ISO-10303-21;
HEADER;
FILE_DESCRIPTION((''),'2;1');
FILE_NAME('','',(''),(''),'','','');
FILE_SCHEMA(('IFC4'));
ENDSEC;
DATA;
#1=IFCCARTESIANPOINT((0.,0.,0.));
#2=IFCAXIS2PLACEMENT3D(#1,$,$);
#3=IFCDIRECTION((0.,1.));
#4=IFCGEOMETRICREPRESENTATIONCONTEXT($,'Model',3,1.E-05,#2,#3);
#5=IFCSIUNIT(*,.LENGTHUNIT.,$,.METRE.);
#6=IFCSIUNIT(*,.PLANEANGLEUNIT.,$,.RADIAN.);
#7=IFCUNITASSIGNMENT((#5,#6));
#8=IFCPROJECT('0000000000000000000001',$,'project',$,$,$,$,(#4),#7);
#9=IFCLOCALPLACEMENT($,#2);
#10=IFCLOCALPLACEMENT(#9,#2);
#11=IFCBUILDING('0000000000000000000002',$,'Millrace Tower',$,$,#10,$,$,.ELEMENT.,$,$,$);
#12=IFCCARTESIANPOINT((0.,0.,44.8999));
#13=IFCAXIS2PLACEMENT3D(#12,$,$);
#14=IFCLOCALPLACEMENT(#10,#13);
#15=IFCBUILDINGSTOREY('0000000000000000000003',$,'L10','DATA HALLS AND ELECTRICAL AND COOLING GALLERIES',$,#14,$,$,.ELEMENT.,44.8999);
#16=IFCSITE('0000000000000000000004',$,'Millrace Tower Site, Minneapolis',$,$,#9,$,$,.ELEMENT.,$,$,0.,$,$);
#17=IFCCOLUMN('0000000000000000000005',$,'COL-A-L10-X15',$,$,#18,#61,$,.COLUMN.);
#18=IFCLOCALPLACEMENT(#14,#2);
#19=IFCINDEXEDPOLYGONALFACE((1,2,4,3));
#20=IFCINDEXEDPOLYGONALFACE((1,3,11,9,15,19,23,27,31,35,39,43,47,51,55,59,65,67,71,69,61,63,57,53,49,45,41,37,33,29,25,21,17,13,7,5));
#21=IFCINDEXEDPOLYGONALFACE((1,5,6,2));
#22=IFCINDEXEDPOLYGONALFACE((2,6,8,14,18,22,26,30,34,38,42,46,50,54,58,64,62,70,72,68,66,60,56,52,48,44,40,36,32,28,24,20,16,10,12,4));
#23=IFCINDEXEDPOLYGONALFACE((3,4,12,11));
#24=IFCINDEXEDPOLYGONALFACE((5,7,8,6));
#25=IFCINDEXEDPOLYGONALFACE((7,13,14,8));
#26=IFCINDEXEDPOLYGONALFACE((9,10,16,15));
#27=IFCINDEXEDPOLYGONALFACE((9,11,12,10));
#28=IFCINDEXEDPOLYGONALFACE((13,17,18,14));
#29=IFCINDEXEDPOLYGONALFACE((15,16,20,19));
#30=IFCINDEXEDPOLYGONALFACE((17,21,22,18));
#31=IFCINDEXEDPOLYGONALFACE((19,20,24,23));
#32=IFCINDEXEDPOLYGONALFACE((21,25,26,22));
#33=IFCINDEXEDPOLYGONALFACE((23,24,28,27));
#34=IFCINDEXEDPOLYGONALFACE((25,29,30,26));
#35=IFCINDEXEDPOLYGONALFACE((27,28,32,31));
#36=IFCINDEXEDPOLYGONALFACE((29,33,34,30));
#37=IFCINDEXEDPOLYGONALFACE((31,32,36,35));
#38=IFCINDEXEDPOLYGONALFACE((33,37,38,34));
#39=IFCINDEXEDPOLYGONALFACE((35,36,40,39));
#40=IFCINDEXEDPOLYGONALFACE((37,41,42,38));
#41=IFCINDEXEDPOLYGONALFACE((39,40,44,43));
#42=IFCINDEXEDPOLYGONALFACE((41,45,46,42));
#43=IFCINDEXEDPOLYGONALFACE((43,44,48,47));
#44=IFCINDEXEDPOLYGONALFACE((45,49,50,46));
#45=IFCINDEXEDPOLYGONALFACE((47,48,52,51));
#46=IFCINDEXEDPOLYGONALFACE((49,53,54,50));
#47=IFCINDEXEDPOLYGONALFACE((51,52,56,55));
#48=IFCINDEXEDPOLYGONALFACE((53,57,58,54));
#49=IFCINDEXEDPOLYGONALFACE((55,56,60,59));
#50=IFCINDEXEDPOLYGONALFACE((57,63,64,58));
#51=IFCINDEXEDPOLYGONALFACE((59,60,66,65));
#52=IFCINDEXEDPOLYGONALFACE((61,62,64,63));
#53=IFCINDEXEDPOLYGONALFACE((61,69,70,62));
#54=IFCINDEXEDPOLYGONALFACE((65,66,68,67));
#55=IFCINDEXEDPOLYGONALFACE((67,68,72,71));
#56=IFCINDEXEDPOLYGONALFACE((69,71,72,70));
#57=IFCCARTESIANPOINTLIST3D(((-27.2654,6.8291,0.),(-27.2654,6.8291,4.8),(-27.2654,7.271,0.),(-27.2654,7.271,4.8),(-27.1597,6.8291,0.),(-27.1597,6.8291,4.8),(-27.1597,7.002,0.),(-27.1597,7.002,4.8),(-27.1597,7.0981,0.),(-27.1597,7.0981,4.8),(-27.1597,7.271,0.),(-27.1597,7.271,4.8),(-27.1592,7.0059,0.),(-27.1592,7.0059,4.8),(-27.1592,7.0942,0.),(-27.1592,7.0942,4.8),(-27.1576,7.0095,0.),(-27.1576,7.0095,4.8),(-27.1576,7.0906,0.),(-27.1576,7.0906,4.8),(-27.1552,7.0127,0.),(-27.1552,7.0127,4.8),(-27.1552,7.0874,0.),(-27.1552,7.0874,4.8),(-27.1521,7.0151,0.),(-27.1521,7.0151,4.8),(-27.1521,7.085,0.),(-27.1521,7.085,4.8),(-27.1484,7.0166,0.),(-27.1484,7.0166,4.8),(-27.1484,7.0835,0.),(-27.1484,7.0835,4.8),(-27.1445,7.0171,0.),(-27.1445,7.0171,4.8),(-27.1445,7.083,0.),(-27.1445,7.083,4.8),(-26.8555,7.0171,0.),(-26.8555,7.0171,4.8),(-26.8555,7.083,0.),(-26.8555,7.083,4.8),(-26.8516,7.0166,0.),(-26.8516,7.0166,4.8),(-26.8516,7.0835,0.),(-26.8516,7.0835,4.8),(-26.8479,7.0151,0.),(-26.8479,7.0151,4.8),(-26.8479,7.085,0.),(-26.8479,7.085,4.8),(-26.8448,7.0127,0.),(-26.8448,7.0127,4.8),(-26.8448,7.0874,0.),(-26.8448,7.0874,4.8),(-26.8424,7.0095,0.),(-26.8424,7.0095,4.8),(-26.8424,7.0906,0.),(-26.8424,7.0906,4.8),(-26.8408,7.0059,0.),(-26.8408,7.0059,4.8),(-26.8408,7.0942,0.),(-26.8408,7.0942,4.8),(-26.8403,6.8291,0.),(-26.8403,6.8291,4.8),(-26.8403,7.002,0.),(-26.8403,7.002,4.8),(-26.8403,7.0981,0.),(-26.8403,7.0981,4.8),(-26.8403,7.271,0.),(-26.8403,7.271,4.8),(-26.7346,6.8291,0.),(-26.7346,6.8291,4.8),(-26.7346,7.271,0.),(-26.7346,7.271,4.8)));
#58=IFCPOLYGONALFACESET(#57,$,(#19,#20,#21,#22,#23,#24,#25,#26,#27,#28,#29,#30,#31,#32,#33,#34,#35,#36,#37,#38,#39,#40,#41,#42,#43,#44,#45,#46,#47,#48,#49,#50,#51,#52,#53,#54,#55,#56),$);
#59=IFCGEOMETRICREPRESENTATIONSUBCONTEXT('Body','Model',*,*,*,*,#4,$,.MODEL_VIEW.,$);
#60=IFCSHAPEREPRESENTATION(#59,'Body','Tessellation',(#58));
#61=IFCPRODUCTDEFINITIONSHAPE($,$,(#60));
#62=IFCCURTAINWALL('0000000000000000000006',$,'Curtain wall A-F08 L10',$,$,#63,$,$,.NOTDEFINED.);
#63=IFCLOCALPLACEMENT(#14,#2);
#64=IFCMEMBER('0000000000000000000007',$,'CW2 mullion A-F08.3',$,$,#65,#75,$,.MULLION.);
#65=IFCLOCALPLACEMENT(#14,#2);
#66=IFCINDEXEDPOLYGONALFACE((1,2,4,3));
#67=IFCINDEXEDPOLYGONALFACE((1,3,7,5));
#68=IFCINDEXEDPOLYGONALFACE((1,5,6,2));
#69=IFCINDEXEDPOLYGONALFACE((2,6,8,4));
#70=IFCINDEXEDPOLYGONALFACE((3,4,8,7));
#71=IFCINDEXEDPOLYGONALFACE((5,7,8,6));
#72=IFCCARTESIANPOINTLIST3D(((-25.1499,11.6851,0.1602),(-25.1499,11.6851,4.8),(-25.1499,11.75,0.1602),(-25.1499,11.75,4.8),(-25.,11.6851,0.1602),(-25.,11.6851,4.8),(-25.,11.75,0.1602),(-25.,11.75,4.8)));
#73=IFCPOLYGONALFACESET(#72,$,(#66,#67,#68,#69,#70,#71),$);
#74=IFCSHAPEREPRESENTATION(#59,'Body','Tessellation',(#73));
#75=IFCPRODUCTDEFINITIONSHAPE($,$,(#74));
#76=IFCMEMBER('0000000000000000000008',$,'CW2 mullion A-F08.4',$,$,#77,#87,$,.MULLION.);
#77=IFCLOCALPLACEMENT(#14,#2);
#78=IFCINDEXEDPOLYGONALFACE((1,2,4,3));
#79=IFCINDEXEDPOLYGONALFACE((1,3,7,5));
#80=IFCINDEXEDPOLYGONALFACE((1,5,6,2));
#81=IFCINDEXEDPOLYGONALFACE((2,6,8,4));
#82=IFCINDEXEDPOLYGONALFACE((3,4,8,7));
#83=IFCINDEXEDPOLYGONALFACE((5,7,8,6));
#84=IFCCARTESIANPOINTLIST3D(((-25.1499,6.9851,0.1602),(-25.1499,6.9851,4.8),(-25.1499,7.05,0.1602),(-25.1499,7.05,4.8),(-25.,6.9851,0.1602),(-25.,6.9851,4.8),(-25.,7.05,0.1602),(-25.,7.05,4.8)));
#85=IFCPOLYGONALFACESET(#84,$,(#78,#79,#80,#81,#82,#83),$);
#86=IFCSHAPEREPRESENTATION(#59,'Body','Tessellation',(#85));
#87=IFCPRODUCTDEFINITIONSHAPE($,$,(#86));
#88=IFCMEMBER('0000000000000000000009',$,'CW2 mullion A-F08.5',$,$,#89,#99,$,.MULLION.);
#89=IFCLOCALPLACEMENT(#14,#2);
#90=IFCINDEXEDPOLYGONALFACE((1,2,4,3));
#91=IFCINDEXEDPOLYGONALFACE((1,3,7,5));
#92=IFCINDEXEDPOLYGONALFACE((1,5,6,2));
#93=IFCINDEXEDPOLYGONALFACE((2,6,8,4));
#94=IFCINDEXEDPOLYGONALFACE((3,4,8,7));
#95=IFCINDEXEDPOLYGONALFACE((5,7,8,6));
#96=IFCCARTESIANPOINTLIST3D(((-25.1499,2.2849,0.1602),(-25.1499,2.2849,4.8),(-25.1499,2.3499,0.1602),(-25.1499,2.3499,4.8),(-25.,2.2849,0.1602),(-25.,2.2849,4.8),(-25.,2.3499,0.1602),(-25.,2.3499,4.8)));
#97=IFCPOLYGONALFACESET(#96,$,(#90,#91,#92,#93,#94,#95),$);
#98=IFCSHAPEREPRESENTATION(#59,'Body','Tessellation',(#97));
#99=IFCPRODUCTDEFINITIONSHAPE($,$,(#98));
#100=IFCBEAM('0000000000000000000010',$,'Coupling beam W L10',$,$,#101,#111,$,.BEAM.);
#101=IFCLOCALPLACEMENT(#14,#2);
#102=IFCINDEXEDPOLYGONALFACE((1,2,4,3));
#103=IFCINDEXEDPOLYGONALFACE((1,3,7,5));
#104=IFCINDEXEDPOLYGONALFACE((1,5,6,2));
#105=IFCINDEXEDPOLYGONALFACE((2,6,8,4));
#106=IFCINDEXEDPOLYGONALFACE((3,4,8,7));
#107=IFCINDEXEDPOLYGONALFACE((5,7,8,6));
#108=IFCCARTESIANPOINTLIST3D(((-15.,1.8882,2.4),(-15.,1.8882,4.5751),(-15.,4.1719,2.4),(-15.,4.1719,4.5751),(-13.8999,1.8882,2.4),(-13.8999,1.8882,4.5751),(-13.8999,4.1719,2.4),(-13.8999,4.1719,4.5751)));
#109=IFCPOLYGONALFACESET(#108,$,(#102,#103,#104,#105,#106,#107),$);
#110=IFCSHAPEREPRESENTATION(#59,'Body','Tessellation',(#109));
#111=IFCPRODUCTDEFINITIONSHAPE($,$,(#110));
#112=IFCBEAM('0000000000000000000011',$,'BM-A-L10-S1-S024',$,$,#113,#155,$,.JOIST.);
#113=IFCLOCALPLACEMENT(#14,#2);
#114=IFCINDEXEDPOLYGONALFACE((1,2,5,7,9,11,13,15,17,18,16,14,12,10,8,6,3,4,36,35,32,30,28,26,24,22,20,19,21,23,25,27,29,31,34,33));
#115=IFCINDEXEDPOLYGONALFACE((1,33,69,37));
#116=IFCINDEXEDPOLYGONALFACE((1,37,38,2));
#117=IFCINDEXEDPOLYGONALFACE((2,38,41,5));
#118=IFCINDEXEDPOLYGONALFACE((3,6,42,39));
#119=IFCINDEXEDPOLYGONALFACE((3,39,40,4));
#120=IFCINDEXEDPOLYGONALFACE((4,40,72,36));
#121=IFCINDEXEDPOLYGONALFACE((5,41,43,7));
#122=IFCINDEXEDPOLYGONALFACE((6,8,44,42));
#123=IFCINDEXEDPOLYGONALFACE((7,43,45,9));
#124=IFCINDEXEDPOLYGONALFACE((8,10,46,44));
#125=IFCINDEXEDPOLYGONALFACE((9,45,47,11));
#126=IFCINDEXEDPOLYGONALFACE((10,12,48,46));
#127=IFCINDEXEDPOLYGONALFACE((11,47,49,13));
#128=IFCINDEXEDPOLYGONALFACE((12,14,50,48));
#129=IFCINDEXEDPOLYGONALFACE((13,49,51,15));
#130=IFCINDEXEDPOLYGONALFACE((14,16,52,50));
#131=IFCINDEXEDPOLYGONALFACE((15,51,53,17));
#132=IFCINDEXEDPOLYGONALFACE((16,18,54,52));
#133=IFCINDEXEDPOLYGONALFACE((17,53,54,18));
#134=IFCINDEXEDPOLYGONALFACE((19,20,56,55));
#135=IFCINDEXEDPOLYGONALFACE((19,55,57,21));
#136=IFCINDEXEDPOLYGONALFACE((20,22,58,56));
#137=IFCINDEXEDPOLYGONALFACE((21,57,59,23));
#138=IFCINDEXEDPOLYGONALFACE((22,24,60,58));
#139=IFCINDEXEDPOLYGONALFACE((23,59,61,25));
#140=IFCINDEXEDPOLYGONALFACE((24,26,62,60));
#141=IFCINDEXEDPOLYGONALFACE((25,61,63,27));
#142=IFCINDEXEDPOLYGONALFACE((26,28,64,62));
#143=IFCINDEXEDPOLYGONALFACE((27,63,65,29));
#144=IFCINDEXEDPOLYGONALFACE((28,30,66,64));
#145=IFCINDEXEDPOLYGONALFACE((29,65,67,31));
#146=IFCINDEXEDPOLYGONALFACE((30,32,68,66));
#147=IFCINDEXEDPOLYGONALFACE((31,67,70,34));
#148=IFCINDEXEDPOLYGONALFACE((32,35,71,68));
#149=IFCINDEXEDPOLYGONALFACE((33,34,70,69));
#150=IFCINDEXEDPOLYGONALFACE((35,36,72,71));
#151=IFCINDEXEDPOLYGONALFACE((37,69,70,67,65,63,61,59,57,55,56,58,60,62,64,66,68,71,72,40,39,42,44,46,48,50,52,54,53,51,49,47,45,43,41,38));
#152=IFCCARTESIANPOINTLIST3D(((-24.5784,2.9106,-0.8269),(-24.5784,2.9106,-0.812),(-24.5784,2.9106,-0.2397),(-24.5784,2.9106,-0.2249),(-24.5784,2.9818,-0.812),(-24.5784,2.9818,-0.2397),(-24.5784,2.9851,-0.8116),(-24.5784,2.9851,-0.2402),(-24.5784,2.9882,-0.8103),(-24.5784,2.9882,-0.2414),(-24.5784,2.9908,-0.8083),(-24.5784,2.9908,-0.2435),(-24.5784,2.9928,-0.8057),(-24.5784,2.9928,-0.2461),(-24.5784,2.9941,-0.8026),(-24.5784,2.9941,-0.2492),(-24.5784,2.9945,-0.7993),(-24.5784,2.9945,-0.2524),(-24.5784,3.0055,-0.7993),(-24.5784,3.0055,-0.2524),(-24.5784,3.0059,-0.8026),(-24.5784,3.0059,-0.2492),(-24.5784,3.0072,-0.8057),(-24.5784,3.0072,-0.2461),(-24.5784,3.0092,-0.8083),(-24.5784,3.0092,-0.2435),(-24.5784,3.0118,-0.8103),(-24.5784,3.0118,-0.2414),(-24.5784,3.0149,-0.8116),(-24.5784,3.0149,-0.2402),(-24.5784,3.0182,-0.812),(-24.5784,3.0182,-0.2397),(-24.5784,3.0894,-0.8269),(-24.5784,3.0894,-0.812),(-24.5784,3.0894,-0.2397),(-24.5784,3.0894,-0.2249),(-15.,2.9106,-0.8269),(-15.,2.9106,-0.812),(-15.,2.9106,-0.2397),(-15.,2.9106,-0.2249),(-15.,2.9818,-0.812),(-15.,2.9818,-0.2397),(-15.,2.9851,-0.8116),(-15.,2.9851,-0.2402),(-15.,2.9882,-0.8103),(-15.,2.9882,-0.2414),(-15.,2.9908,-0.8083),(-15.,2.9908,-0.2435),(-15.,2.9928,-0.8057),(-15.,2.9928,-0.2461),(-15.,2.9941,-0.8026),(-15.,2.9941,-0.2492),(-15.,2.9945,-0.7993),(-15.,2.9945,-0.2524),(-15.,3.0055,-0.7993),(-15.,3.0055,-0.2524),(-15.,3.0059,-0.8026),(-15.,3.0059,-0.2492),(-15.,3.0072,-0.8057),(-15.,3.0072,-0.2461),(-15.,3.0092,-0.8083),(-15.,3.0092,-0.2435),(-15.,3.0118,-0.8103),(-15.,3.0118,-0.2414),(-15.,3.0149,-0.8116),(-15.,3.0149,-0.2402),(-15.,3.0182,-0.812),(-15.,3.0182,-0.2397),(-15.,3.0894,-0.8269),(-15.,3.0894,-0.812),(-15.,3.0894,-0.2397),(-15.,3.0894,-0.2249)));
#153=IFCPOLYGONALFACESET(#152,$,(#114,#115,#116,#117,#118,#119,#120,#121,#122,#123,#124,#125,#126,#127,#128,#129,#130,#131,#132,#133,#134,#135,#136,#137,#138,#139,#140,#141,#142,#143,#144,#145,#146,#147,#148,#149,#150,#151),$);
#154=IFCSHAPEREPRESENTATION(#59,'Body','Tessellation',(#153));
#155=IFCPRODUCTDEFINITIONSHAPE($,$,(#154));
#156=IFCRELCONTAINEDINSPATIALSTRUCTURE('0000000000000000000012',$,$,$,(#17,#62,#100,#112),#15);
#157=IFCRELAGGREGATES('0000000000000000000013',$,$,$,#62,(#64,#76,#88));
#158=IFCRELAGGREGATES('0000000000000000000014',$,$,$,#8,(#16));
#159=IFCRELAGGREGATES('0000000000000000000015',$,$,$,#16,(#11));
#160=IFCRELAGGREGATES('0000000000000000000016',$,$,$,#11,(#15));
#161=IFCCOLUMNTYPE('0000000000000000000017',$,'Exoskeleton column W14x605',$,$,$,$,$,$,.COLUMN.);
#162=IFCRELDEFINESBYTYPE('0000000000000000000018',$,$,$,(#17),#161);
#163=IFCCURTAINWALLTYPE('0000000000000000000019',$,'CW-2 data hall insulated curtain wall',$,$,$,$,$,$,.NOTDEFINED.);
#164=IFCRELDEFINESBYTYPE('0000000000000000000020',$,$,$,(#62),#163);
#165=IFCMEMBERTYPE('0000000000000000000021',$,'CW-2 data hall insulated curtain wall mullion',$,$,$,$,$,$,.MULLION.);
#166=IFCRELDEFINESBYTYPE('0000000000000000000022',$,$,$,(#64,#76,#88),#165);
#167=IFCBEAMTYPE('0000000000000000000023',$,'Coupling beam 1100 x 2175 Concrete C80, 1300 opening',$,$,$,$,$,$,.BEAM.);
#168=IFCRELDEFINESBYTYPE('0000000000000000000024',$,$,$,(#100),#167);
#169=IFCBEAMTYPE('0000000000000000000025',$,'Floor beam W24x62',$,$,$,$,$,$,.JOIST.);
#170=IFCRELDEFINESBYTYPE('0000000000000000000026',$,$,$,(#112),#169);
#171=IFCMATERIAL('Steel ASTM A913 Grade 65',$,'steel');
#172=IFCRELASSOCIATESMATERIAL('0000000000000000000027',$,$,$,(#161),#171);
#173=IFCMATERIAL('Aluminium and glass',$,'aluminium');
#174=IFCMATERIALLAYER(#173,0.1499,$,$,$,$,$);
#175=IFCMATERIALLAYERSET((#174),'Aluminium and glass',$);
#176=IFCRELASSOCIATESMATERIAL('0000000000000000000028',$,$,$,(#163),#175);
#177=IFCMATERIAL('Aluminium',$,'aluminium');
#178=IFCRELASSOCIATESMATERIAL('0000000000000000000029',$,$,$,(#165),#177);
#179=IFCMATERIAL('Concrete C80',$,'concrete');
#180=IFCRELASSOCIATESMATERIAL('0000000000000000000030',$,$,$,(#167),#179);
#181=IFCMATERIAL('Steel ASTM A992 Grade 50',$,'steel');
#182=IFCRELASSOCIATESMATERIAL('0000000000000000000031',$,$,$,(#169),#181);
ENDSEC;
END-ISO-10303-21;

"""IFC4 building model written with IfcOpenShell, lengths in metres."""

from ifc_helpers import new_model, si_unit, direction, frame, origin, origin_2d, place, context, subcontext, project, spatial, rectangle, i_section, extrude, material, layer, layer_set, material_profile, profile_set, type_object, element, aggregate, save


model = new_model("IFC4")

# Units and contexts
model_context = context("Model", 3, precision=1e-05, world=origin(), true_north=direction((0.0, 1.0)))
body_context = subcontext(model_context, "Body", "Model", "MODEL_VIEW")
ifc_project = project(units=[si_unit("LENGTHUNIT", "METRE"), si_unit("PLANEANGLEUNIT", "RADIAN")], contexts=[model_context])

# Site, building, storey
site_placement = place(None, origin())
site = spatial("IfcSite", under=ifc_project, at=site_placement, Name="Millrace Tower Site, Minneapolis", CompositionType="ELEMENT", RefElevation=0.0)
building_placement = place(site_placement, origin())
building = spatial("IfcBuilding", under=site, at=building_placement, Name="Millrace Tower", CompositionType="ELEMENT")
storey_placement = place(building_placement, frame((0.0, 0.0, 44.8999)))
storey = spatial("IfcBuildingStorey", under=building, at=storey_placement, Name="L10", Description="DATA HALLS AND ELECTRICAL AND COOLING GALLERIES", CompositionType="ELEMENT", Elevation=44.8999)

# Column
ifc_material_1 = material(Name="Steel ASTM A913 Grade 65", Category="steel")
ifc_material_profile_1 = material_profile(ifc_material_1, i_section(OverallWidth=0.4419, OverallDepth=0.5308, WebThickness=0.0659, FlangeThickness=0.1057, FilletRadius=0.0151, at=origin_2d()))
ifc_profile_set_1 = profile_set([ifc_material_profile_1], Name="Steel ASTM A913 Grade 65")
column_type = type_object("IfcColumnType", Name="Exoskeleton column W14x605", PredefinedType="COLUMN", material=ifc_profile_set_1)
column_placement = place(storey_placement, frame((-27.0, 7.05, 0.0), z_axis=(0.0, 0.0, 1.0), x_axis=(0.0, -1.0, 0.0)))
element("IfcColumn", 1, at=column_placement, inside=storey, type_object=column_type, Name="COL-A-L10-X15", PredefinedType="COLUMN", context=body_context, shape_type="SweptSolid", body=[
    extrude(i_section(OverallWidth=0.4419, OverallDepth=0.5308, WebThickness=0.0659, FlangeThickness=0.1057, FilletRadius=0.0151, at=origin_2d()), origin(), (0.0, 0.0, 1.0), 4.8),
])

# Curtain wall, members
ifc_material_2 = material(Name="Aluminium and glass", Category="aluminium")
ifc_layer_1 = layer(ifc_material_2, 0.1499)
ifc_layer_set_1 = layer_set([ifc_layer_1], Name="Aluminium and glass")
curtain_wall_type = type_object("IfcCurtainWallType", Name="CW-2 data hall insulated curtain wall", PredefinedType="NOTDEFINED", material=ifc_layer_set_1)
placement = place(storey_placement, origin())
curtain_wall = element("IfcCurtainWall", 2, at=placement, inside=storey, type_object=curtain_wall_type, Name="Curtain wall A-F08 L10", PredefinedType="NOTDEFINED")
ifc_material_3 = material(Name="Aluminium", Category="aluminium")
ifc_material_profile_2 = material_profile(ifc_material_3, rectangle(XDim=0.0649, YDim=0.1499, at=origin_2d()))
ifc_profile_set_2 = profile_set([ifc_material_profile_2], Name="Aluminium")
member_type = type_object("IfcMemberType", Name="CW-2 data hall insulated curtain wall mullion", PredefinedType="MULLION", material=ifc_profile_set_2)
member_1_placement = place(storey_placement, frame((-25.075, 11.7175, 0.1602), z_axis=(0.0, 0.0, 1.0), x_axis=(0.0, -1.0, 0.0)))
member_1 = element("IfcMember", 3, at=member_1_placement, type_object=member_type, Name="CW2 mullion A-F08.3", PredefinedType="MULLION", context=body_context, shape_type="SweptSolid", body=[
    extrude(rectangle(XDim=0.0649, YDim=0.1499, at=origin_2d()), origin(), (0.0, 0.0, 1.0), 4.6399),
])
member_2_placement = place(storey_placement, frame((-25.075, 7.0176, 0.1602), z_axis=(0.0, 0.0, 1.0), x_axis=(0.0, -1.0, 0.0)))
member_2 = element("IfcMember", 4, at=member_2_placement, type_object=member_type, Name="CW2 mullion A-F08.4", PredefinedType="MULLION", context=body_context, shape_type="SweptSolid", body=[
    extrude(rectangle(XDim=0.0649, YDim=0.1499, at=origin_2d()), origin(), (0.0, 0.0, 1.0), 4.6399),
])
member_3_placement = place(storey_placement, frame((-25.075, 2.3174, 0.1602), z_axis=(0.0, 0.0, 1.0), x_axis=(0.0, -1.0, 0.0)))
member_3 = element("IfcMember", 5, at=member_3_placement, type_object=member_type, Name="CW2 mullion A-F08.5", PredefinedType="MULLION", context=body_context, shape_type="SweptSolid", body=[
    extrude(rectangle(XDim=0.0649, YDim=0.1499, at=origin_2d()), origin(), (0.0, 0.0, 1.0), 4.6399),
])
aggregate(curtain_wall, [member_1, member_2, member_3])

# Beams
ifc_material_4 = material(Name="Concrete C80", Category="concrete")
ifc_material_profile_3 = material_profile(ifc_material_4, rectangle(XDim=1.1001, YDim=2.175, at=origin_2d()))
ifc_profile_set_3 = profile_set([ifc_material_profile_3], Name="Concrete C80")
beam_type_1 = type_object("IfcBeamType", Name="Coupling beam 1100 x 2175 Concrete C80, 1300 opening", PredefinedType="BEAM", material=ifc_profile_set_3)
beam_1_placement = place(storey_placement, frame((-14.45, 1.8882, 3.4875), z_axis=(0.0, 1.0, 0.0), x_axis=(-1.0, 0.0, 0.0)))
element("IfcBeam", 6, at=beam_1_placement, inside=storey, type_object=beam_type_1, Name="Coupling beam W L10", PredefinedType="BEAM", context=body_context, shape_type="SweptSolid", body=[
    extrude(rectangle(XDim=1.1001, YDim=2.175, at=origin_2d()), origin(), (0.0, 0.0, 1.0), 2.2837),
])
ifc_material_5 = material(Name="Steel ASTM A992 Grade 50", Category="steel")
ifc_material_profile_4 = material_profile(ifc_material_5, i_section(OverallWidth=0.1787, OverallDepth=0.6021, WebThickness=0.011, FlangeThickness=0.0149, FilletRadius=0.0127, at=origin_2d()))
ifc_profile_set_4 = profile_set([ifc_material_profile_4], Name="Steel ASTM A992 Grade 50")
beam_type_2 = type_object("IfcBeamType", Name="Floor beam W24x62", PredefinedType="JOIST", material=ifc_profile_set_4)
for number, where, z_axis, x_axis, name in (
    (7, (-24.5784, 3.0, -0.5259), (1.0, 0.0, 0.0), (0.0, 1.0, 0.0), "BM-A-L10-S1-S024"),
):
    element("IfcBeam", number, at=place(storey_placement, frame(where, z_axis=z_axis, x_axis=x_axis)), inside=storey, type_object=beam_type_2, Name=name, PredefinedType="JOIST", context=body_context, shape_type="SweptSolid", body=[
        extrude(i_section(OverallWidth=0.1787, OverallDepth=0.6021, WebThickness=0.011, FlangeThickness=0.0149, FilletRadius=0.0127, at=origin_2d()), origin(), (0.0, 0.0, 1.0), 9.5784),
    ])

save(model, "model.ifc")
